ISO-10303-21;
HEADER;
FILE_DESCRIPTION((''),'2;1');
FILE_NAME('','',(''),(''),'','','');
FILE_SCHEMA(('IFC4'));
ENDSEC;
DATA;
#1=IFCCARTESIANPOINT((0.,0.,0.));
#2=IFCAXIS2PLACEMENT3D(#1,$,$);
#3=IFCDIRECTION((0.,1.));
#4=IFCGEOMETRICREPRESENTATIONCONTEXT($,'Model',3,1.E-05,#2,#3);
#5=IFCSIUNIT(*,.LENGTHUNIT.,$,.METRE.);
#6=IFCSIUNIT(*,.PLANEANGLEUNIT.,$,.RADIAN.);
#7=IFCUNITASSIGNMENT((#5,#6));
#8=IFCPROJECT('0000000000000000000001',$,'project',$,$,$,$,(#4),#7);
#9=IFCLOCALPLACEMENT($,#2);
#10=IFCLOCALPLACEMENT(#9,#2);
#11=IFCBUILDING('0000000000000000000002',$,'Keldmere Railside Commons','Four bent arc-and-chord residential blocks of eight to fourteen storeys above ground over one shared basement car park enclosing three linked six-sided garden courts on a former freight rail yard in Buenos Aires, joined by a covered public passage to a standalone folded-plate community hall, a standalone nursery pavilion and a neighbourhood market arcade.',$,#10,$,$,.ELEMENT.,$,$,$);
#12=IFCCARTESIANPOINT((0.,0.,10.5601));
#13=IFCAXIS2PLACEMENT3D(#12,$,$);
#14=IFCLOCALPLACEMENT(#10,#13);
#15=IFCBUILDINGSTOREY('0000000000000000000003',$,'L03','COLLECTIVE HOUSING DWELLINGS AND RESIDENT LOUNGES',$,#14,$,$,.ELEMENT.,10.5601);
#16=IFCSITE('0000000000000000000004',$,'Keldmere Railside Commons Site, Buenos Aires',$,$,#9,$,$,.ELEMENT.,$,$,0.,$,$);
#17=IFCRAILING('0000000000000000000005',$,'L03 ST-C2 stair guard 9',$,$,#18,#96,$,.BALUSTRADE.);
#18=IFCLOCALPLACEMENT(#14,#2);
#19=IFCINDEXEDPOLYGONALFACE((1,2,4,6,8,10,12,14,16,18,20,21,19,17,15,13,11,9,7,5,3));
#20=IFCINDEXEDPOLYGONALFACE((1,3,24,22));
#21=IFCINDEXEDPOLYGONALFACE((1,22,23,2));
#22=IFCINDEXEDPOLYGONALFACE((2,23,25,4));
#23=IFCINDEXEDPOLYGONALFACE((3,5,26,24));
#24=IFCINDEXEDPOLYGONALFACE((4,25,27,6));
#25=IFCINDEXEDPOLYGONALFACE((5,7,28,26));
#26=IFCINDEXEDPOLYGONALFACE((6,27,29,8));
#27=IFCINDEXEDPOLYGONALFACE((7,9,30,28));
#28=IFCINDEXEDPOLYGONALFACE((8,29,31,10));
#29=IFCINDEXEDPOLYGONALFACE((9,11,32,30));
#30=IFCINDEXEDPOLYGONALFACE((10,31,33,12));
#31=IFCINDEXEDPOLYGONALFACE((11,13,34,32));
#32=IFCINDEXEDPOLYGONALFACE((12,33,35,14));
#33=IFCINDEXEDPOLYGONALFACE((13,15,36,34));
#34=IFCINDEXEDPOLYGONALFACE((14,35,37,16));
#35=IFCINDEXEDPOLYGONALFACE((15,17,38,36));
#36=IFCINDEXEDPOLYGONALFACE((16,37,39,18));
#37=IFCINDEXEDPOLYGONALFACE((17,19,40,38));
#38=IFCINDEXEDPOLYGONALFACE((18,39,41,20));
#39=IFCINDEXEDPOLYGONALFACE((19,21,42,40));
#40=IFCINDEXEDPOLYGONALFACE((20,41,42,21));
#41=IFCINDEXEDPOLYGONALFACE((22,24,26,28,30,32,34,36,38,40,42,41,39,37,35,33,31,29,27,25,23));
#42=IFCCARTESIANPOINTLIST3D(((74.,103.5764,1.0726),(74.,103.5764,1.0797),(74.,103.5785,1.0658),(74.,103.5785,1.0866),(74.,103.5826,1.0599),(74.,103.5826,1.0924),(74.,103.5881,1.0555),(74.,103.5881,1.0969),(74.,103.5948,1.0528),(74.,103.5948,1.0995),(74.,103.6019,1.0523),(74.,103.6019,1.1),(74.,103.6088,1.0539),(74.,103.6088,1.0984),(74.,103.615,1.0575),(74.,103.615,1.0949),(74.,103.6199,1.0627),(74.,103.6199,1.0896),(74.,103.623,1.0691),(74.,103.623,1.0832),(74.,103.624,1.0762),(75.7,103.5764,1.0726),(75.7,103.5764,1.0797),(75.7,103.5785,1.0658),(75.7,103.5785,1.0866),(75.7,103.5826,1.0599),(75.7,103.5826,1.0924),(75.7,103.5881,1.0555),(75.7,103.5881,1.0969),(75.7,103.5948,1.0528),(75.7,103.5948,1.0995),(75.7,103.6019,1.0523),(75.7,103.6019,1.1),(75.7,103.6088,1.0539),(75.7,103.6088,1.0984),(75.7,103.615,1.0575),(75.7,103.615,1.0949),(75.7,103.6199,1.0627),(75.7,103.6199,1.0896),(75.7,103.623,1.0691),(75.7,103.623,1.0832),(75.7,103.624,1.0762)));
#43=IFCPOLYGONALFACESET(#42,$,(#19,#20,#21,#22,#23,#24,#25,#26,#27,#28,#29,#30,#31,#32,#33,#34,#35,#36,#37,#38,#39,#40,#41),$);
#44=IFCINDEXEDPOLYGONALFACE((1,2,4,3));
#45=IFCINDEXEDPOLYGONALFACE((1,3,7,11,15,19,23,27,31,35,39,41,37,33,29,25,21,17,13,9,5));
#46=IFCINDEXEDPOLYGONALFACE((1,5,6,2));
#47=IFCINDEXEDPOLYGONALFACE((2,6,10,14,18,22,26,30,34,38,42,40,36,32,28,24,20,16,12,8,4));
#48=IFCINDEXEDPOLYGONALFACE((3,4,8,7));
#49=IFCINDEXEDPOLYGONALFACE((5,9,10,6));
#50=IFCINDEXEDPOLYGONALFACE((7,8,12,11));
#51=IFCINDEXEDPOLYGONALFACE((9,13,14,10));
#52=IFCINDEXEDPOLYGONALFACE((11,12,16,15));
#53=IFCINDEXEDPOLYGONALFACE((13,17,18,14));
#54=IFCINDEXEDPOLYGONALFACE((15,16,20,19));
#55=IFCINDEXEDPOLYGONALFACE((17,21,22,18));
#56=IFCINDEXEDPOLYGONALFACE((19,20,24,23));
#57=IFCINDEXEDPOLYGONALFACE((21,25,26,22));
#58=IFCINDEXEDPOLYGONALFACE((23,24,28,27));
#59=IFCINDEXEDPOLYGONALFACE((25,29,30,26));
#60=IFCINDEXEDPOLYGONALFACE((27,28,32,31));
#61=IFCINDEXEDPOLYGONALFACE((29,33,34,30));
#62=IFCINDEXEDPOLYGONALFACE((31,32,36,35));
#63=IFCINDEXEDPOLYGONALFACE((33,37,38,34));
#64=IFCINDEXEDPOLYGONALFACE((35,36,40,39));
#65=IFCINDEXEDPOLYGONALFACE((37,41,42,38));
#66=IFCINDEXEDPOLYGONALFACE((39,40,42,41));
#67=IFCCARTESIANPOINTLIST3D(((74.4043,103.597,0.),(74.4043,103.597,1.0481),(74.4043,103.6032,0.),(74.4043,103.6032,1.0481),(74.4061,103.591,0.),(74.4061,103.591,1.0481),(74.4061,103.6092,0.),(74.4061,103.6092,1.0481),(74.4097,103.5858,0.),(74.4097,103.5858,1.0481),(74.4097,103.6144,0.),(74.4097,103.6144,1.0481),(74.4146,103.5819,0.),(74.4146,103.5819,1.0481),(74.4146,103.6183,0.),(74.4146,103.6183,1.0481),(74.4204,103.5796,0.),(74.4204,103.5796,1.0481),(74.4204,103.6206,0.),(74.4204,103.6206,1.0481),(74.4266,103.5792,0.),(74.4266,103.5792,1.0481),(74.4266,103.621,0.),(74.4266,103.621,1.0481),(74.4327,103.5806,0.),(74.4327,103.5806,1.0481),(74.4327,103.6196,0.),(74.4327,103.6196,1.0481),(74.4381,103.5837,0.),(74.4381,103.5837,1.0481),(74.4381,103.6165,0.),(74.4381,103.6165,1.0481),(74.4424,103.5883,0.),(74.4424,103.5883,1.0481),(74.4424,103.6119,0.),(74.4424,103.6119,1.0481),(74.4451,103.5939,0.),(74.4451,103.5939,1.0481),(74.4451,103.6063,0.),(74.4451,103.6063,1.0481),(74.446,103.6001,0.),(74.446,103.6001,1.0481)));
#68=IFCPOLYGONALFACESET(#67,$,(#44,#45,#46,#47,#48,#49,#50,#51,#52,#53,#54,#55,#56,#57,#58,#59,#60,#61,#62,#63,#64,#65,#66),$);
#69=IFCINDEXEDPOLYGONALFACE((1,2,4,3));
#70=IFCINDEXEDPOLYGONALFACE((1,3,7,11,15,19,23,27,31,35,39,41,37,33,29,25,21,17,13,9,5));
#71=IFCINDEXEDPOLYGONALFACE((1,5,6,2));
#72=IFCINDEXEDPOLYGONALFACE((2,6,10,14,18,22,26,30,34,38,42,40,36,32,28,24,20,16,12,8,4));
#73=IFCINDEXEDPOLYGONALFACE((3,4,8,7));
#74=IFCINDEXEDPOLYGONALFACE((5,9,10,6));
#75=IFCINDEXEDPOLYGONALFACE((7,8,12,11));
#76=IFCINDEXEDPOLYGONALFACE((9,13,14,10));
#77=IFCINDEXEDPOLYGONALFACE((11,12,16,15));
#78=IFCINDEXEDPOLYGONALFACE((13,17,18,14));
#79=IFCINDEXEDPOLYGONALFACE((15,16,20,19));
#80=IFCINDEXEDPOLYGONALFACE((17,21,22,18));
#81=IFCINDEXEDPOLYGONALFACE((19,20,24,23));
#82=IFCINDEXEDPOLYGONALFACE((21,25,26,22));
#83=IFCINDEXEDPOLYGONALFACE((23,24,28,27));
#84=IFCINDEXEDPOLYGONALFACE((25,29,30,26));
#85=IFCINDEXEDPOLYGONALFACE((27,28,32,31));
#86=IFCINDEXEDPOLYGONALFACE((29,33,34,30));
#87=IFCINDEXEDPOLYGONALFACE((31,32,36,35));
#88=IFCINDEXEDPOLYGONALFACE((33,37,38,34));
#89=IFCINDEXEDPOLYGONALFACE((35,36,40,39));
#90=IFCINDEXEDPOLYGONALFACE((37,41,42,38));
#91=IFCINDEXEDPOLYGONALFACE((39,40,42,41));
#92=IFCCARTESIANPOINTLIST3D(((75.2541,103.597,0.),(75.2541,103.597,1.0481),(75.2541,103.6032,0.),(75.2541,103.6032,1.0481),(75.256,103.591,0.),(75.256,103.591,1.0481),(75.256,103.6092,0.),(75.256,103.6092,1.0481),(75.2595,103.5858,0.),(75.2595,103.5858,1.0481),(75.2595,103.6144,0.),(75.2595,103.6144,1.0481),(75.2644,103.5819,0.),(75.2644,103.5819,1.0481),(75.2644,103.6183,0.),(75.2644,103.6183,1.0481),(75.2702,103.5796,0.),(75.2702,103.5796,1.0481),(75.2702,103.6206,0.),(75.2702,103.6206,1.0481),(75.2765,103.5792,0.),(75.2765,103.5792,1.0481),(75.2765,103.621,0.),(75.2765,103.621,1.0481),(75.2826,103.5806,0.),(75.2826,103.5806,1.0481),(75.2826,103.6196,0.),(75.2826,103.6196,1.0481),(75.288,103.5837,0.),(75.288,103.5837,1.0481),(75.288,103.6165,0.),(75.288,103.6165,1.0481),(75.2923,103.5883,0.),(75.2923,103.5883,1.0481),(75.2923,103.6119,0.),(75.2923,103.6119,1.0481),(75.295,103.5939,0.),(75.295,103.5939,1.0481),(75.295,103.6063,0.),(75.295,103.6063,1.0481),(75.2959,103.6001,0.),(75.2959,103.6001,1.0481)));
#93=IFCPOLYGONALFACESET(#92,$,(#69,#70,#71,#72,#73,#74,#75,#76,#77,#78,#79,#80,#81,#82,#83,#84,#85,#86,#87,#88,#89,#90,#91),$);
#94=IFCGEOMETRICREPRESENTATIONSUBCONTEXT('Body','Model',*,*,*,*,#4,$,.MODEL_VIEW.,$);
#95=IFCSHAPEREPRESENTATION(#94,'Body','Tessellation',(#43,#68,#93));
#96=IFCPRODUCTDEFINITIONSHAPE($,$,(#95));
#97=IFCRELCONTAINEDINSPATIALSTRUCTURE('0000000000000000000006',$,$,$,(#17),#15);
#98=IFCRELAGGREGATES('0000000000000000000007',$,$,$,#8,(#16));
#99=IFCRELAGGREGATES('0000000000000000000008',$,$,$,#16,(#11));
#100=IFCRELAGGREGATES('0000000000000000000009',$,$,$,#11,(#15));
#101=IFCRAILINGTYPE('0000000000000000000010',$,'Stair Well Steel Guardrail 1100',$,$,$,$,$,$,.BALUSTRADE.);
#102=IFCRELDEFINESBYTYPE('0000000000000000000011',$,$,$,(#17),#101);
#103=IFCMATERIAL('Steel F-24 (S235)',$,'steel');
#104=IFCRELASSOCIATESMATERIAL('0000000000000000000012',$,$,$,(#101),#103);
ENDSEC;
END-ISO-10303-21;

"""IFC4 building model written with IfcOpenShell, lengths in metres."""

from ifc_helpers import new_model, si_unit, direction, frame, origin, origin_2d, place, context, subcontext, project, spatial, circle, extrude, material, type_object, element, save


model = new_model("IFC4")

# Units and contexts
model_context = context("Model", 3, precision=1e-05, world=origin(), true_north=direction((0.0, 1.0)))
body_context = subcontext(model_context, "Body", "Model", "MODEL_VIEW")
ifc_project = project(units=[si_unit("LENGTHUNIT", "METRE"), si_unit("PLANEANGLEUNIT", "RADIAN")], contexts=[model_context])

# Site, building, storey
site_placement = place(None, origin())
site = spatial("IfcSite", under=ifc_project, at=site_placement, Name="Keldmere Railside Commons Site, Buenos Aires", CompositionType="ELEMENT", RefElevation=0.0)
building_placement = place(site_placement, origin())
building = spatial("IfcBuilding", under=site, at=building_placement, Name="Keldmere Railside Commons", Description="Four bent arc-and-chord residential blocks of eight to fourteen storeys above ground over one shared basement car park enclosing three linked six-sided garden courts on a former freight rail yard in Buenos Aires, joined by a covered public passage to a standalone folded-plate community hall, a standalone nursery pavilion and a neighbourhood market arcade.", CompositionType="ELEMENT")
storey_placement = place(building_placement, frame((0.0, 0.0, 10.5601)))
storey = spatial("IfcBuildingStorey", under=building, at=storey_placement, Name="L03", Description="COLLECTIVE HOUSING DWELLINGS AND RESIDENT LOUNGES", CompositionType="ELEMENT", Elevation=10.5601)

# Shared definitions
ifc_material_1 = material(Name="Steel F-24 (S235)", Category="steel")

# Railing
railing_type_1 = type_object("IfcRailingType", Name="Stair Well Steel Guardrail 1100", PredefinedType="BALUSTRADE", material=ifc_material_1)
railing_1_placement = place(storey_placement, frame((74.0, 103.6001, 0.0)))
element("IfcRailing", 1, at=railing_1_placement, inside=storey, type_object=railing_type_1, Name="L03 ST-C2 stair guard 9", PredefinedType="BALUSTRADE", context=body_context, shape_type="SweptSolid", body=[
    extrude(circle(Radius=0.0239, at=origin_2d()), frame((0.0, 0.0, 1.0762), z_axis=(1.0, 0.0, 0.0), x_axis=(0.0, 1.0, 0.0)), (0.0, 0.0, 1.0), 1.7),
    extrude(circle(Radius=0.021, at=origin_2d()), frame((0.425, 0.0, 0.0)), (0.0, 0.0, 1.0), 1.0481),
    extrude(circle(Radius=0.021, at=origin_2d()), frame((1.2749, 0.0, 0.0)), (0.0, 0.0, 1.0), 1.0481),
])

save(model, "model.ifc")
